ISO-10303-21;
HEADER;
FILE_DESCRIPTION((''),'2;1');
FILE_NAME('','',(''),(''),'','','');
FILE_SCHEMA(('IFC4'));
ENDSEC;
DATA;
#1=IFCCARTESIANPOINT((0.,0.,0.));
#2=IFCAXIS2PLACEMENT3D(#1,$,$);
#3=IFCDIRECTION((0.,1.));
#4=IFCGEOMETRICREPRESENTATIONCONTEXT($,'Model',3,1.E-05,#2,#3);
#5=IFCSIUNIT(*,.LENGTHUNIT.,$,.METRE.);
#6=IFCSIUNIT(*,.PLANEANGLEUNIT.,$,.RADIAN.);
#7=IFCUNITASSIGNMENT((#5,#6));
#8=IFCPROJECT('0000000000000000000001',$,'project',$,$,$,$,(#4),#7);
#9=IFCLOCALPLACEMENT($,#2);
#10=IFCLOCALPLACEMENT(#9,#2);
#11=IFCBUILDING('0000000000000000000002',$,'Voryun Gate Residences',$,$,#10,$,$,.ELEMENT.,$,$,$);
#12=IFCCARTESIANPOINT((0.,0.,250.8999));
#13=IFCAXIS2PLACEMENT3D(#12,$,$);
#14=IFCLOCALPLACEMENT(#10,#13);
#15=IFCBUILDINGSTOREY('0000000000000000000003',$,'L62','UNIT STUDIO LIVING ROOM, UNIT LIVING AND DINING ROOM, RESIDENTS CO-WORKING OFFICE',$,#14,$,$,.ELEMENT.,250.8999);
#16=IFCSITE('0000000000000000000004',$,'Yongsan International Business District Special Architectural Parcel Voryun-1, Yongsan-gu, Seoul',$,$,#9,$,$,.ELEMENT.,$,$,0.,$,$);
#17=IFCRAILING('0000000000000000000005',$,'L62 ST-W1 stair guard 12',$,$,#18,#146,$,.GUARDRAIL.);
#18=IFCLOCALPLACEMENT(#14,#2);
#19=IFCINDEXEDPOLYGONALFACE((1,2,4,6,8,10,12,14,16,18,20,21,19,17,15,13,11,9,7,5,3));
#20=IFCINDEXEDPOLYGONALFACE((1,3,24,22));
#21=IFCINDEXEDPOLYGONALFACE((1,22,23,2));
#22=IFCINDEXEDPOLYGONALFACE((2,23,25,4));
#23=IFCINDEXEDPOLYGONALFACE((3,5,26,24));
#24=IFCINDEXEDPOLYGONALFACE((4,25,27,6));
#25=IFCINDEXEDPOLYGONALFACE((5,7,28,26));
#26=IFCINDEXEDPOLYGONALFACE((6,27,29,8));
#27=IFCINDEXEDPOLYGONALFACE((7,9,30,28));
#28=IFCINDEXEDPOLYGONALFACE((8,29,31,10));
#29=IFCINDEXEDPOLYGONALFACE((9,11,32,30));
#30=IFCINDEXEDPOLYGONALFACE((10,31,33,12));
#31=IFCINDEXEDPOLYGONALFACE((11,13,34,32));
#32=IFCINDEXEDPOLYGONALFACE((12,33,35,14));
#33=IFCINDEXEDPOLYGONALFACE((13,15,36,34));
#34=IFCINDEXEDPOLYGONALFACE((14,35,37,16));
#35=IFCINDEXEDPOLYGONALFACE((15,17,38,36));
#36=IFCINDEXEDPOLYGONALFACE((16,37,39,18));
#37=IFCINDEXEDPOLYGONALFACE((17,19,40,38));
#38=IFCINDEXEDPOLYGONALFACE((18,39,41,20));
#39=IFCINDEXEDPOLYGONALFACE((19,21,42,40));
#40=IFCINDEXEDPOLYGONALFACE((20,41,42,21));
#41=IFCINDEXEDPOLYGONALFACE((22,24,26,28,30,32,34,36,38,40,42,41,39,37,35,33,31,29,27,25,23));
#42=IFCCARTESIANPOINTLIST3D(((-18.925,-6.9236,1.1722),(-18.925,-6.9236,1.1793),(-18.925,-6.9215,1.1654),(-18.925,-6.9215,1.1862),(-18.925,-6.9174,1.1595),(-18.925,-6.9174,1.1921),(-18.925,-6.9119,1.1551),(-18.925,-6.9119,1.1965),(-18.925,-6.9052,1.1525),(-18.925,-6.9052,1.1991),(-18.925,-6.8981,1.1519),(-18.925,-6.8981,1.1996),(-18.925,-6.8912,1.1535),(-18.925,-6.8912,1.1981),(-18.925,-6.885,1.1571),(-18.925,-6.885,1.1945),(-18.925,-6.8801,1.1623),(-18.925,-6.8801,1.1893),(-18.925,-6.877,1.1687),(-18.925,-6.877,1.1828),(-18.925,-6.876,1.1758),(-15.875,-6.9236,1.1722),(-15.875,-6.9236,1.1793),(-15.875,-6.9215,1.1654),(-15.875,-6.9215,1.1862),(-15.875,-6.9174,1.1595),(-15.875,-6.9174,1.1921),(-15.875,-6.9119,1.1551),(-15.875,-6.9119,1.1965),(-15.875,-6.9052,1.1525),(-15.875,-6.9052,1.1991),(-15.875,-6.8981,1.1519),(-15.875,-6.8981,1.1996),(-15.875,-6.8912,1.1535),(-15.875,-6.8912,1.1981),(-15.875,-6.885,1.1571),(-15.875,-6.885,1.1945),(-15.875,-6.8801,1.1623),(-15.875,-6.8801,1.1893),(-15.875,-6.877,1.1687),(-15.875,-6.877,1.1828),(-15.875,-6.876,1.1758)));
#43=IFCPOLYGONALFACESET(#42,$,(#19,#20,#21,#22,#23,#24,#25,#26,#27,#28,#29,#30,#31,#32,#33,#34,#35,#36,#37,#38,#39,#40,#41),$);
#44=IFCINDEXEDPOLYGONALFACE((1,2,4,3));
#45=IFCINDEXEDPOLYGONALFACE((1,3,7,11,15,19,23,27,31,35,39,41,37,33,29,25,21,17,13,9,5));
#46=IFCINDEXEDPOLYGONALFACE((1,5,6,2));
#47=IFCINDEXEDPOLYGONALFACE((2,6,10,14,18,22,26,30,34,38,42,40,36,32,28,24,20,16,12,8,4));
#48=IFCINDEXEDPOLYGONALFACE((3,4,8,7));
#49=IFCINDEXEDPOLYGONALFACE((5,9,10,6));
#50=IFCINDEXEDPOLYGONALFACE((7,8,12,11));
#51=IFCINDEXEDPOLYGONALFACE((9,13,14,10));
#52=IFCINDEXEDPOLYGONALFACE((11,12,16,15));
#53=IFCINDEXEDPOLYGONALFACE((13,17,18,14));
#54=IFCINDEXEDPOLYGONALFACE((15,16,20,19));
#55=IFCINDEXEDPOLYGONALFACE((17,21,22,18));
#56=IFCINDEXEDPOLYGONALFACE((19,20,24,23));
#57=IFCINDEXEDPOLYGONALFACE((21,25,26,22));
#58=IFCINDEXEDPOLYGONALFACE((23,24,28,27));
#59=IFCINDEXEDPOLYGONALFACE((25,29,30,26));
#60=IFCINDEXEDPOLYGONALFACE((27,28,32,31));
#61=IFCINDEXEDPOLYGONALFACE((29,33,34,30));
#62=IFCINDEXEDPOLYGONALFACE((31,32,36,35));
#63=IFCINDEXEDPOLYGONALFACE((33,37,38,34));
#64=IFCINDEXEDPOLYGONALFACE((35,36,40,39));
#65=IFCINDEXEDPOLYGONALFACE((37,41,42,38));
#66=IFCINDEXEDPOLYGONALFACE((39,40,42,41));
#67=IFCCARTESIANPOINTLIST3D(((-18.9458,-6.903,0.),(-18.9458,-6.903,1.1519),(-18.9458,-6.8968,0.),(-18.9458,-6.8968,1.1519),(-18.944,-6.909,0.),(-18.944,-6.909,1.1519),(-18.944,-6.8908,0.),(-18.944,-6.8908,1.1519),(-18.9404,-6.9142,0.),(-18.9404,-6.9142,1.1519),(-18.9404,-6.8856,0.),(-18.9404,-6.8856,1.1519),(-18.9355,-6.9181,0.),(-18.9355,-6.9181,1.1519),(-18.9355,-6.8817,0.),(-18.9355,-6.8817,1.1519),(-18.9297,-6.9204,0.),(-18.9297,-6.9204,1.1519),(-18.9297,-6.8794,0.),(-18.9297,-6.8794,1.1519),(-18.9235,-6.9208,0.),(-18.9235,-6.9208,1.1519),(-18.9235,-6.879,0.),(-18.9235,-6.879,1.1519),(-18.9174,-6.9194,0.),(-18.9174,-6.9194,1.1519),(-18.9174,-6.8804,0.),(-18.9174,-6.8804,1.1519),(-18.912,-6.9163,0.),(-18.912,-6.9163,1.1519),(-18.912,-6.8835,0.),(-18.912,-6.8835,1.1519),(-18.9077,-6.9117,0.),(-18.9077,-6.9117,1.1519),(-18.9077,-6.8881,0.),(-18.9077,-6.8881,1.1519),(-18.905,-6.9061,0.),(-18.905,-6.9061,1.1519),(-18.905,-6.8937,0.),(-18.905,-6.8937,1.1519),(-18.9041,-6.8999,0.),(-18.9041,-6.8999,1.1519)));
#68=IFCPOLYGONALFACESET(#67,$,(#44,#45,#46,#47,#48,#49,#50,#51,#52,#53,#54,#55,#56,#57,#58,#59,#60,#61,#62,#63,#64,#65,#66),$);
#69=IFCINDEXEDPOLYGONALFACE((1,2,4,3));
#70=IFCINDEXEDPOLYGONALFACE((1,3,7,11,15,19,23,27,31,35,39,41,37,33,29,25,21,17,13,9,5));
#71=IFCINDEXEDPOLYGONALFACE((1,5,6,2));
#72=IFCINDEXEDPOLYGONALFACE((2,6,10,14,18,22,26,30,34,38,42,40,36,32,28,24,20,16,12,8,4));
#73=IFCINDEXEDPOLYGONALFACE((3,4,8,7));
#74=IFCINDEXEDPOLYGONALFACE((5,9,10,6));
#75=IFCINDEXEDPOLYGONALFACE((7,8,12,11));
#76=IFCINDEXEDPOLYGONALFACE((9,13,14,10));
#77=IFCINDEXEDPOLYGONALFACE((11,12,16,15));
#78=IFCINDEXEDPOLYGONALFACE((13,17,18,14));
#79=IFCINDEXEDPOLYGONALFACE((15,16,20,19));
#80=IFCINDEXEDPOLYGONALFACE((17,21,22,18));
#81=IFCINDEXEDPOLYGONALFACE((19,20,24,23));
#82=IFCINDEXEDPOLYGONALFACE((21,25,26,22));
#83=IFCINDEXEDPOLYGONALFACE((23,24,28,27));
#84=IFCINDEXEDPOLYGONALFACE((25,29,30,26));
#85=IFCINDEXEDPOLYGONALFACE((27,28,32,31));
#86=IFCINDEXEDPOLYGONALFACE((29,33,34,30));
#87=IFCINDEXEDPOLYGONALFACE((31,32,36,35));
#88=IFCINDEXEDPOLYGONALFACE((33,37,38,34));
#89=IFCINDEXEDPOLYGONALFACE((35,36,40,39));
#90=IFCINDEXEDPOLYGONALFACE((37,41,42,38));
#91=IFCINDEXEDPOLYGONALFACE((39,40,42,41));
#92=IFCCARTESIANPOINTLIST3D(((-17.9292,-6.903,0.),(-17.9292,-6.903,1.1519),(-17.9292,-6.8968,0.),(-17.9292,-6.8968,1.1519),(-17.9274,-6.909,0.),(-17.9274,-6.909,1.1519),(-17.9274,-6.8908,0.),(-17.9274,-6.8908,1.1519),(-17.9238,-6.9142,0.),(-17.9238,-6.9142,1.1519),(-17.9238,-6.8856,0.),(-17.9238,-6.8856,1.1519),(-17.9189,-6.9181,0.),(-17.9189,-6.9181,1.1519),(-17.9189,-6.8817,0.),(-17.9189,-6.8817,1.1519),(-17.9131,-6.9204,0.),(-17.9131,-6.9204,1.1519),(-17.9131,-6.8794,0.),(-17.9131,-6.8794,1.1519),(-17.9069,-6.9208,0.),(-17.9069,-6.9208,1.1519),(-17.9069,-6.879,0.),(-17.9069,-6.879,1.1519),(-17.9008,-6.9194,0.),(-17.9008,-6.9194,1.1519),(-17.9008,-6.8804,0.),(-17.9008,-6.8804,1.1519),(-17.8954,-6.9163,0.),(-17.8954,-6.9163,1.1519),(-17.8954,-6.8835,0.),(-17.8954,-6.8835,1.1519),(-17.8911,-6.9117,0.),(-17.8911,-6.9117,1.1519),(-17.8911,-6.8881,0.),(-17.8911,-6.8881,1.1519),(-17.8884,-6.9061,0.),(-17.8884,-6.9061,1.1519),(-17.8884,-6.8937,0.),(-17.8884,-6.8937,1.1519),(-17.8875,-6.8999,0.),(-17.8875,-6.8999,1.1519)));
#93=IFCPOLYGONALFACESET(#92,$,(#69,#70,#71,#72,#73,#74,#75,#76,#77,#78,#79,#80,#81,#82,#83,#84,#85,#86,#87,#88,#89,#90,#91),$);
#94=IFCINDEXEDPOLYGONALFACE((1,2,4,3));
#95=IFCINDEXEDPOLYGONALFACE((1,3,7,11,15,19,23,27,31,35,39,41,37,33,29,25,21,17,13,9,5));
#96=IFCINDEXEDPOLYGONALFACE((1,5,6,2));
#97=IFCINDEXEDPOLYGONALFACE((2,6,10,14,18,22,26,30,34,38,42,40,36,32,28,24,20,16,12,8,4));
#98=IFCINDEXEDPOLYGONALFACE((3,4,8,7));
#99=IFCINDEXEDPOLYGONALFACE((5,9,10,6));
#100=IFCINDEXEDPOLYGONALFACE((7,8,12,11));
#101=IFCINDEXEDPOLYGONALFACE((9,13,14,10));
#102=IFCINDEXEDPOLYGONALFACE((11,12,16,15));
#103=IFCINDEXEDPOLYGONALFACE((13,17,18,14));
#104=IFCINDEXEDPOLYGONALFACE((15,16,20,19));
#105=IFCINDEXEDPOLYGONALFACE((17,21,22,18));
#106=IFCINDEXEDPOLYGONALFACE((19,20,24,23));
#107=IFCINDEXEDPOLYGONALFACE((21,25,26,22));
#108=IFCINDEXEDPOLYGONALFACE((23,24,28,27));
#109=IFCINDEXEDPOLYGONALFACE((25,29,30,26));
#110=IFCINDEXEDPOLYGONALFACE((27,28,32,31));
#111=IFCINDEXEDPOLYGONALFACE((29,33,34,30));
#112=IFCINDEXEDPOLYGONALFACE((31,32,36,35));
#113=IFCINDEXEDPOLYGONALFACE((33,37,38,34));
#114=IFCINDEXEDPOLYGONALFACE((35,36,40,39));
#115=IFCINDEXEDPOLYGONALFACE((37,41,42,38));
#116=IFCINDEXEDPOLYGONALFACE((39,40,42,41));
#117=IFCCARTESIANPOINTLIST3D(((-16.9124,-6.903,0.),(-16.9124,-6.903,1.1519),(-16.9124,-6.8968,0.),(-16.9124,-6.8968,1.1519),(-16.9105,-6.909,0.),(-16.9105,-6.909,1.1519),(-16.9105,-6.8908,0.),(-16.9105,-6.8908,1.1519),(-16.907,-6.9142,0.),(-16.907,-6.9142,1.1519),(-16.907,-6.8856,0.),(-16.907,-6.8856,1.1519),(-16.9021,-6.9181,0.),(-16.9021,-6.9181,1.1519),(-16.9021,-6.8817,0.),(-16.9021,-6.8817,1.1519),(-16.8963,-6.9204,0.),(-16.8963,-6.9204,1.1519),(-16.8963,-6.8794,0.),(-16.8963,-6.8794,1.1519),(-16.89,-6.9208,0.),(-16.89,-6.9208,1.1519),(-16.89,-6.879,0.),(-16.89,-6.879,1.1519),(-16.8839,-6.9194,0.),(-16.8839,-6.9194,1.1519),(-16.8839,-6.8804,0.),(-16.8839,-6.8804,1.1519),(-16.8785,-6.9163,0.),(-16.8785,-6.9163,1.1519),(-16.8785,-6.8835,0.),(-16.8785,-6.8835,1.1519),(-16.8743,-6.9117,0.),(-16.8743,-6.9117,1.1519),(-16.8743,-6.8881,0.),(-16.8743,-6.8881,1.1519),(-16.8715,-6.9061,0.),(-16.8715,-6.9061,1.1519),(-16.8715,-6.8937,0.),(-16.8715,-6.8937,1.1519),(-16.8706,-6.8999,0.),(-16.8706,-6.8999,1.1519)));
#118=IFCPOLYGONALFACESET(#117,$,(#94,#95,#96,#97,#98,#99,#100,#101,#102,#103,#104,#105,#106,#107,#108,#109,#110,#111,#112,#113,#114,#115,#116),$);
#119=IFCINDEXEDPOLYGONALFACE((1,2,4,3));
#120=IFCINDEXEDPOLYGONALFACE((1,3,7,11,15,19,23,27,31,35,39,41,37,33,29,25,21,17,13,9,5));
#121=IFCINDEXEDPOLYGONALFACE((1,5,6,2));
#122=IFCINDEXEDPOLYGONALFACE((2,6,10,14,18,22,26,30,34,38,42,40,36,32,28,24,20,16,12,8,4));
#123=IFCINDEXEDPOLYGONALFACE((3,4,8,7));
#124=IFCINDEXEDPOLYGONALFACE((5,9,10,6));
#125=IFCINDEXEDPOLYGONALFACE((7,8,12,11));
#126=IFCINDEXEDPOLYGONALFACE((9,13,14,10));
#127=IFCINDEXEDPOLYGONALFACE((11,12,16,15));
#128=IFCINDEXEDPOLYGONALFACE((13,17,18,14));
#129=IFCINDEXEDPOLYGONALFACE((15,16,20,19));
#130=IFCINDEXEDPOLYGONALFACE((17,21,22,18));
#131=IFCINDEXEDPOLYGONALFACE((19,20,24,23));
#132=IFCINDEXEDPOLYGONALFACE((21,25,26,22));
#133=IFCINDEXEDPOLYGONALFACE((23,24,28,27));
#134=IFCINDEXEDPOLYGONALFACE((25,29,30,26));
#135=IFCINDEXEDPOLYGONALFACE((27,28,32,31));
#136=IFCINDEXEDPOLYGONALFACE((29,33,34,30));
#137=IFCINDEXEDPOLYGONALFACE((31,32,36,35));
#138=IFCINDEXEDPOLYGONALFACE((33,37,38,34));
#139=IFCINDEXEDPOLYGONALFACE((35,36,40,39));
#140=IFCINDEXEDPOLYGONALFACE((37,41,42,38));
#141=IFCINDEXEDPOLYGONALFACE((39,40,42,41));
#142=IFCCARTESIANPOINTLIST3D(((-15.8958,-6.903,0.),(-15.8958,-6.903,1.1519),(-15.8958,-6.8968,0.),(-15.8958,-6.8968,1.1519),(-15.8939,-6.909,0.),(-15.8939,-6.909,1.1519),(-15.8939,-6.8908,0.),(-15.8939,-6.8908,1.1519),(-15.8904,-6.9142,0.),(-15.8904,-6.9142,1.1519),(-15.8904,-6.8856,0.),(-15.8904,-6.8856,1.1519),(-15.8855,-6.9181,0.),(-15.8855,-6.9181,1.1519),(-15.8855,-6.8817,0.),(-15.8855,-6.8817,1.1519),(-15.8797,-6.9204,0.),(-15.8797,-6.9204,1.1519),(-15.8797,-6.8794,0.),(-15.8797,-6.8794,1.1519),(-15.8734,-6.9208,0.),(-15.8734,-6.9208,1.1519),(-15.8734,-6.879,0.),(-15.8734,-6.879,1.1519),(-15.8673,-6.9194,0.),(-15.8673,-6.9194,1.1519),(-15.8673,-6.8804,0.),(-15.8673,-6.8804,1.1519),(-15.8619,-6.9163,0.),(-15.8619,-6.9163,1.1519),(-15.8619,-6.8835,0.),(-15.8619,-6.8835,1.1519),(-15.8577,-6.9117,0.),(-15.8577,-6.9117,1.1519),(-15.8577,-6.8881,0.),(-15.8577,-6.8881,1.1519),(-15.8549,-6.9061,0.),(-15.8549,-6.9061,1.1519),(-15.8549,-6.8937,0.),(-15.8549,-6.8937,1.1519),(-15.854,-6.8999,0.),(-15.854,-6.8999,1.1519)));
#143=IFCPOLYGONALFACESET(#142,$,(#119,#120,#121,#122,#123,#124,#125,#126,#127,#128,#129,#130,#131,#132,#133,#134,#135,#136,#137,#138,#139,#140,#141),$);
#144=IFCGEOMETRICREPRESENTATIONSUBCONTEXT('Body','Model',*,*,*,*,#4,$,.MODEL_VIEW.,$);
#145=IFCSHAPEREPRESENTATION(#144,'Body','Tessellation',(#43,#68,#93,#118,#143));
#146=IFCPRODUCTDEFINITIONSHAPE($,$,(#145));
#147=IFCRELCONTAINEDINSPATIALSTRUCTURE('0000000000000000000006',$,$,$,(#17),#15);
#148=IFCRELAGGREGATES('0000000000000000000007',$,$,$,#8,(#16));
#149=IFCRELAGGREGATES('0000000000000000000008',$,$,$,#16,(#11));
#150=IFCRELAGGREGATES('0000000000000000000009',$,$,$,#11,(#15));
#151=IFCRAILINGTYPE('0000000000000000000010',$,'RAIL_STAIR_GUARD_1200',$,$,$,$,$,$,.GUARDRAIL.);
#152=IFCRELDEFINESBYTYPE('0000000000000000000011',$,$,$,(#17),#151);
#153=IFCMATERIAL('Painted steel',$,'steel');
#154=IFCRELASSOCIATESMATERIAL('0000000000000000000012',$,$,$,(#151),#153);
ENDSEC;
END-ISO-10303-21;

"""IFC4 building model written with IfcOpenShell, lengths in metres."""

from ifc_helpers import new_model, si_unit, direction, frame, origin, origin_2d, place, context, subcontext, project, spatial, circle, extrude, material, type_object, element, save


model = new_model("IFC4")

# Units and contexts
model_context = context("Model", 3, precision=1e-05, world=origin(), true_north=direction((0.0, 1.0)))
body_context = subcontext(model_context, "Body", "Model", "MODEL_VIEW")
ifc_project = project(units=[si_unit("LENGTHUNIT", "METRE"), si_unit("PLANEANGLEUNIT", "RADIAN")], contexts=[model_context])

# Site, building, storey
site_placement = place(None, origin())
site = spatial("IfcSite", under=ifc_project, at=site_placement, Name="Yongsan International Business District Special Architectural Parcel Voryun-1, Yongsan-gu, Seoul", CompositionType="ELEMENT", RefElevation=0.0)
building_placement = place(site_placement, origin())
building = spatial("IfcBuilding", under=site, at=building_placement, Name="Voryun Gate Residences", CompositionType="ELEMENT")
storey_placement = place(building_placement, frame((0.0, 0.0, 250.8999)))
storey = spatial("IfcBuildingStorey", under=building, at=storey_placement, Name="L62", Description="UNIT STUDIO LIVING ROOM, UNIT LIVING AND DINING ROOM, RESIDENTS CO-WORKING OFFICE", CompositionType="ELEMENT", Elevation=250.8999)

# Railing
ifc_material_1 = material(Name="Painted steel", Category="steel")
railing_type_1 = type_object("IfcRailingType", Name="RAIL_STAIR_GUARD_1200", PredefinedType="GUARDRAIL", material=ifc_material_1)
railing_1_placement = place(storey_placement, frame((-18.925, -6.8999, 0.0)))
element("IfcRailing", 1, at=railing_1_placement, inside=storey, type_object=railing_type_1, Name="L62 ST-W1 stair guard 12", PredefinedType="GUARDRAIL", context=body_context, shape_type="SweptSolid", body=[
    extrude(circle(Radius=0.0239, at=origin_2d()), frame((0.0, 0.0, 1.1758), z_axis=(1.0, 0.0, 0.0), x_axis=(0.0, 1.0, 0.0)), (0.0, 0.0, 1.0), 3.05),
    extrude(circle(Radius=0.021, at=origin_2d()), origin(), (0.0, 0.0, 1.0), 1.1519),
    extrude(circle(Radius=0.021, at=origin_2d()), frame((1.0166, 0.0, 0.0)), (0.0, 0.0, 1.0), 1.1519),
    extrude(circle(Radius=0.021, at=origin_2d()), frame((2.0334, 0.0, 0.0)), (0.0, 0.0, 1.0), 1.1519),
    extrude(circle(Radius=0.021, at=origin_2d()), frame((3.05, 0.0, 0.0)), (0.0, 0.0, 1.0), 1.1519),
])

save(model, "model.ifc")
